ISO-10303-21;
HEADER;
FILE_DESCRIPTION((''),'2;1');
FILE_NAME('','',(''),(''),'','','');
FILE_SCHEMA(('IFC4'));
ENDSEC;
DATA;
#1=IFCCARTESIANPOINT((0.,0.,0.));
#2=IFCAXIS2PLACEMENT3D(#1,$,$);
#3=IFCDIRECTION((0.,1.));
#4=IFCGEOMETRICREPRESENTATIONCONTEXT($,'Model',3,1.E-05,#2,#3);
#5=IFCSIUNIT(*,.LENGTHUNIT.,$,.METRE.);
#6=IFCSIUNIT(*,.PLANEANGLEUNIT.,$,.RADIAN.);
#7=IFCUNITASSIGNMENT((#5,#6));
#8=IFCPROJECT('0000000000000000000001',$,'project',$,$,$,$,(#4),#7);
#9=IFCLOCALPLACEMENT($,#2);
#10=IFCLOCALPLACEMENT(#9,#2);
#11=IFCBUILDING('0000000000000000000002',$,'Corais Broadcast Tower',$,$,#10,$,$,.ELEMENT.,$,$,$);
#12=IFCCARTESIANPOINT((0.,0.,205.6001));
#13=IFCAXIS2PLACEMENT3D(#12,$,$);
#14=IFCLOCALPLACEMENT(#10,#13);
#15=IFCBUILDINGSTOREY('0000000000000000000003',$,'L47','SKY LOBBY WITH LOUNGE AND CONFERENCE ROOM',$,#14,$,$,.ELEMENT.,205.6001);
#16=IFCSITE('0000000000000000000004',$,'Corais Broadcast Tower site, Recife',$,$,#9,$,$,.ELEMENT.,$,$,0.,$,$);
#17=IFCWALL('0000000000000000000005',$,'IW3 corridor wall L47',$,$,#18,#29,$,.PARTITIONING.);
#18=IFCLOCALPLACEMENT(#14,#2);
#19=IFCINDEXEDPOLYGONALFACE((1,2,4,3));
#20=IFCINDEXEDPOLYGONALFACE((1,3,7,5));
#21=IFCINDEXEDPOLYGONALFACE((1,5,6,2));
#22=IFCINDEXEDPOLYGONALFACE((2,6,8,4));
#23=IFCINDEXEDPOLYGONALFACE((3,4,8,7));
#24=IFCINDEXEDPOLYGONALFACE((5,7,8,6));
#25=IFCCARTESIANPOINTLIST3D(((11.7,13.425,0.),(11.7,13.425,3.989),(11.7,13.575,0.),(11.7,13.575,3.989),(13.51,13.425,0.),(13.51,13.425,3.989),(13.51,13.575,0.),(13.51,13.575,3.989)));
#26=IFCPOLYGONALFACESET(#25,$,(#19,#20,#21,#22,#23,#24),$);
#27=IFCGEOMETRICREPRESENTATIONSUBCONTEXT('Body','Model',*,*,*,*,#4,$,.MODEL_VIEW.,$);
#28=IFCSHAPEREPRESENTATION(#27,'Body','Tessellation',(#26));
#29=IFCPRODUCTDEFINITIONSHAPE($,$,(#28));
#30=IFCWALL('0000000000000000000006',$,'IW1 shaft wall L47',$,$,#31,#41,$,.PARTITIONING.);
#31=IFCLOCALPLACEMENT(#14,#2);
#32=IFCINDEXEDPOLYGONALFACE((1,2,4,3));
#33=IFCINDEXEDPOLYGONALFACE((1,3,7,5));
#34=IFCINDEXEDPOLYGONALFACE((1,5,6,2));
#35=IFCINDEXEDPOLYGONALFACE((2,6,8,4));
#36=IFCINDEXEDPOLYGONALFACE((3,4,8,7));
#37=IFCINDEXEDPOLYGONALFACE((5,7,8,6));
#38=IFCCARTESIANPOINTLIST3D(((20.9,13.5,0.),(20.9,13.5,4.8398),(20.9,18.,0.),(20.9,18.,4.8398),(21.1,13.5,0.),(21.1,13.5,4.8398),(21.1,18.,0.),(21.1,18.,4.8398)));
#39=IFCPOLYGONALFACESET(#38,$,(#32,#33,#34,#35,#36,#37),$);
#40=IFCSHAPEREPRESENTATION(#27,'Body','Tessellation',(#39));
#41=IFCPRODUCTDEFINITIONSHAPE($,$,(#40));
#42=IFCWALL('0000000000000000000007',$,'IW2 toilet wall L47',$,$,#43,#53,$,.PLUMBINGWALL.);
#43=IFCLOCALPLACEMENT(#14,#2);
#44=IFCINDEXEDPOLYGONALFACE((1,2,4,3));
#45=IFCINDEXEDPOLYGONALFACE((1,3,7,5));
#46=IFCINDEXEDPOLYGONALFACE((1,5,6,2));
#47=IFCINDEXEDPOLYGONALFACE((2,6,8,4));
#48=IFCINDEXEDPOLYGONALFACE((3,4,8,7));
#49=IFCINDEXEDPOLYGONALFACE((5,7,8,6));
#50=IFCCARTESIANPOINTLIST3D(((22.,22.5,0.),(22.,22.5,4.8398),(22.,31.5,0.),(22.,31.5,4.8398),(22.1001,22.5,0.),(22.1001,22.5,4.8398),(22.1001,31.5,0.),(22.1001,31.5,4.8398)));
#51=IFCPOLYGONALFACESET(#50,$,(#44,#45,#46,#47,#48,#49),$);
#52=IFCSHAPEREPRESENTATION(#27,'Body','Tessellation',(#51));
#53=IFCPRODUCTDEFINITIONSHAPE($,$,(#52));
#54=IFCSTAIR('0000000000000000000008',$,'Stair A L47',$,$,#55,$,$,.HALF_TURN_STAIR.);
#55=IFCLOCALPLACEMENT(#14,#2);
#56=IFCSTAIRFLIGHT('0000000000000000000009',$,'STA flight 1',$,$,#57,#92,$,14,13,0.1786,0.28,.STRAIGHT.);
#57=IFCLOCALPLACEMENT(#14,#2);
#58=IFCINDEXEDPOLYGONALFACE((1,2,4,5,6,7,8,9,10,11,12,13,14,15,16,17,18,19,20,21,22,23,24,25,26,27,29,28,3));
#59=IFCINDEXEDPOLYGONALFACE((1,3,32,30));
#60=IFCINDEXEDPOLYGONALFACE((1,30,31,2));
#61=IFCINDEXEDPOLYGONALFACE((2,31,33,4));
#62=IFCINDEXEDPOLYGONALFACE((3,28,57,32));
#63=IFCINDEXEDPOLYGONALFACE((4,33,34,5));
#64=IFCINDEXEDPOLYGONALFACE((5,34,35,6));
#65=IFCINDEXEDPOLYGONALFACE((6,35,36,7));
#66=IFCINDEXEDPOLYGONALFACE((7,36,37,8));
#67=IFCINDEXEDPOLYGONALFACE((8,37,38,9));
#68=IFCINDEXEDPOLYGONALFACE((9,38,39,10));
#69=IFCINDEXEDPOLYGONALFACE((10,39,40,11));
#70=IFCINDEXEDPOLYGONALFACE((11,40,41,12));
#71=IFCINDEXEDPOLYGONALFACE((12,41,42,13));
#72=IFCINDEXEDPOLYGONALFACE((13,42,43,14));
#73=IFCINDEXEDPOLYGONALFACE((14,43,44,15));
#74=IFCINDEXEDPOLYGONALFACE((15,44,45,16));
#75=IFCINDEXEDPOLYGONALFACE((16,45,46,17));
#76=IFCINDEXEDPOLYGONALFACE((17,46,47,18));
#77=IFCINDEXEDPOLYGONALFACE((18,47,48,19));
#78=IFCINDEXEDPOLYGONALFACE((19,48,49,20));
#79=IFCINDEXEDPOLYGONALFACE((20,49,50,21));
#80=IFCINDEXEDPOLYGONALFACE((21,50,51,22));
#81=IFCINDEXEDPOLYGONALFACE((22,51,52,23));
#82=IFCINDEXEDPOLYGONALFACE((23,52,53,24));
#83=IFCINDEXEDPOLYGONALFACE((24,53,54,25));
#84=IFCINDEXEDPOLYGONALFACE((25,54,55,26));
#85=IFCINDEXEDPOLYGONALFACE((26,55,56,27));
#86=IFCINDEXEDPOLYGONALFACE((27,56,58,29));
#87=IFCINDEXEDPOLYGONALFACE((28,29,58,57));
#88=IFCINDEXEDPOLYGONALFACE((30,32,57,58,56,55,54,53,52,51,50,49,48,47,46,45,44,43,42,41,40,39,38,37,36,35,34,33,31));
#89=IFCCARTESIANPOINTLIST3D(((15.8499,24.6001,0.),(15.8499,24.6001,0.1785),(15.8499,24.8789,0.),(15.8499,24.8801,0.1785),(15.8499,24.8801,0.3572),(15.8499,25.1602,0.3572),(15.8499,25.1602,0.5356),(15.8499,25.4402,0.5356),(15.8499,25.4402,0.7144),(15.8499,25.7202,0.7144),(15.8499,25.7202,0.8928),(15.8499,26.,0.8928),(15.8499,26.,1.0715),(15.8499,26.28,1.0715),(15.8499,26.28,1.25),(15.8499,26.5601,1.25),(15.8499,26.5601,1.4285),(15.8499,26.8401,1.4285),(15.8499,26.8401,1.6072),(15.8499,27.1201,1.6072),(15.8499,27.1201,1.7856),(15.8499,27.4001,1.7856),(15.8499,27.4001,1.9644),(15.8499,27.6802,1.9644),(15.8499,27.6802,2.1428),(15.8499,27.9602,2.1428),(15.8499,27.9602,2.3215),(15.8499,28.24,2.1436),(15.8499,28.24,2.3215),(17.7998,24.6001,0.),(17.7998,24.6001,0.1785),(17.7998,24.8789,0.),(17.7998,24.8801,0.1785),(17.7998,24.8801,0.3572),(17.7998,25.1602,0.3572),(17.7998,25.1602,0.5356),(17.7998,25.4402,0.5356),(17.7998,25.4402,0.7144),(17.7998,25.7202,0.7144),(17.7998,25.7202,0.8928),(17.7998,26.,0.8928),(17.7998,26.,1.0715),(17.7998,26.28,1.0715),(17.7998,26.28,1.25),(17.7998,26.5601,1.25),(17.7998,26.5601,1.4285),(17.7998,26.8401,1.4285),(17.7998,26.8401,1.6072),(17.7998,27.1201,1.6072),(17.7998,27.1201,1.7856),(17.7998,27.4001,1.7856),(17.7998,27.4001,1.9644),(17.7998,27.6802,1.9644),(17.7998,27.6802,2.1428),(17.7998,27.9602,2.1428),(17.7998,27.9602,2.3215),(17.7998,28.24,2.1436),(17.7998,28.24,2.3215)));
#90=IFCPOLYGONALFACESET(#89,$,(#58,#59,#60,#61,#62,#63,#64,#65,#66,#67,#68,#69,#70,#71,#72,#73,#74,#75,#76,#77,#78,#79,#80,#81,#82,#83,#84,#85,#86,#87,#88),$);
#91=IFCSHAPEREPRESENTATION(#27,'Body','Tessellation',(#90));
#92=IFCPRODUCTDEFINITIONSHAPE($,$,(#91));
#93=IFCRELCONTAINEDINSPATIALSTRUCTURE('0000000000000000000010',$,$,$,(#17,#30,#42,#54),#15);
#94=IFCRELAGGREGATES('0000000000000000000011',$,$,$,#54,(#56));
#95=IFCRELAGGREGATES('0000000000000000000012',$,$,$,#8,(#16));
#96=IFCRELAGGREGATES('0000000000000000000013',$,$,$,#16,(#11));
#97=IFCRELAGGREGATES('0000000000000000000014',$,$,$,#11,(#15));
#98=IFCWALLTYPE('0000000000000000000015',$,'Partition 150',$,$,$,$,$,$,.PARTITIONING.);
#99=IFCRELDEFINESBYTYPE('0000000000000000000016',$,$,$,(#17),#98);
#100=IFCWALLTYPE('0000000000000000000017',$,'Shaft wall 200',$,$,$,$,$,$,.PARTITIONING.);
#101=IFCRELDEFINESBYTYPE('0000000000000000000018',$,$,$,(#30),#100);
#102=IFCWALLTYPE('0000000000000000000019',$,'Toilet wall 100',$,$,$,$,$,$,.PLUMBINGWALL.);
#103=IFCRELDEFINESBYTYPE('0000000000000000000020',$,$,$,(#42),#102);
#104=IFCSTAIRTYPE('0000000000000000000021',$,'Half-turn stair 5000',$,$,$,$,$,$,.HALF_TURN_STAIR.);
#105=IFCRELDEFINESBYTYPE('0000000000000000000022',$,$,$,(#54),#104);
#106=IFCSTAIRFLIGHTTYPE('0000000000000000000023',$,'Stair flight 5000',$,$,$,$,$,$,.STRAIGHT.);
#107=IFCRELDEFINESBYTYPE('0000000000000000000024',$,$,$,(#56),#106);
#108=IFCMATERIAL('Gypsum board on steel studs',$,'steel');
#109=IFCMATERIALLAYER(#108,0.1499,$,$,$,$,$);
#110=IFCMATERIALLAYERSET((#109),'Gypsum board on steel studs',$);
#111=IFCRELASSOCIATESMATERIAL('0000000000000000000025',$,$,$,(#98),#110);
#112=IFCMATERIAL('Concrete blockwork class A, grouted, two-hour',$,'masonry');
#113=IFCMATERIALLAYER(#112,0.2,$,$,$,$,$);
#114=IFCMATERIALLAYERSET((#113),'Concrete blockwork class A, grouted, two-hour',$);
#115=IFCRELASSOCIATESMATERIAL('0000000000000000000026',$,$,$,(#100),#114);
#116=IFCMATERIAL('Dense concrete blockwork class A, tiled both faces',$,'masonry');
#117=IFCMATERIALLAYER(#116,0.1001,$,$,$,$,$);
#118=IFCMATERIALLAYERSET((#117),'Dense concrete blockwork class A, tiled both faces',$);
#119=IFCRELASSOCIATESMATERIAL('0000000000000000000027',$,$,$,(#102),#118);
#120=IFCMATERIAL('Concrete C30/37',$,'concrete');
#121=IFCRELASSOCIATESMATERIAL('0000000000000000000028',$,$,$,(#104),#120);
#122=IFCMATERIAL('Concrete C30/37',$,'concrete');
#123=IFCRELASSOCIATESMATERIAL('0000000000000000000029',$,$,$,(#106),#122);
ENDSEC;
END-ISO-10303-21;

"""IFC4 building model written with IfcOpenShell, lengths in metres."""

from ifc_helpers import new_model, si_unit, direction, frame, frame_2d, origin, place, context, subcontext, project, spatial, polyline, rectangle, outline, extrude, material, layer, layer_set, type_object, element, aggregate, save


model = new_model("IFC4")

# Units and contexts
model_context = context("Model", 3, precision=1e-05, world=origin(), true_north=direction((0.0, 1.0)))
body_context = subcontext(model_context, "Body", "Model", "MODEL_VIEW")
ifc_project = project(units=[si_unit("LENGTHUNIT", "METRE"), si_unit("PLANEANGLEUNIT", "RADIAN")], contexts=[model_context])

# Site, building, storey
site_placement = place(None, origin())
site = spatial("IfcSite", under=ifc_project, at=site_placement, Name="Corais Broadcast Tower site, Recife", CompositionType="ELEMENT", RefElevation=0.0)
building_placement = place(site_placement, origin())
building = spatial("IfcBuilding", under=site, at=building_placement, Name="Corais Broadcast Tower", CompositionType="ELEMENT")
storey_placement = place(building_placement, frame((0.0, 0.0, 205.6001)))
storey = spatial("IfcBuildingStorey", under=building, at=storey_placement, Name="L47", Description="SKY LOBBY WITH LOUNGE AND CONFERENCE ROOM", CompositionType="ELEMENT", Elevation=205.6001)

# Walls
ifc_material_1 = material(Name="Gypsum board on steel studs", Category="steel")
ifc_layer_1 = layer(ifc_material_1, 0.1499)
ifc_layer_set_1 = layer_set([ifc_layer_1], Name="Gypsum board on steel studs")
wall_type_1 = type_object("IfcWallType", Name="Partition 150", PredefinedType="PARTITIONING", material=ifc_layer_set_1)
wall_1_placement = place(storey_placement, frame((11.7, 13.5, 0.0), z_axis=(0.0, 0.0, 1.0), x_axis=(1.0, 0.0, 0.0)))
element("IfcWall", 1, at=wall_1_placement, inside=storey, type_object=wall_type_1, Name="IW3 corridor wall L47", PredefinedType="PARTITIONING", context=body_context, shape_type="SweptSolid", body=[
    extrude(rectangle(XDim=1.8101, YDim=0.1499, at=frame_2d((0.905, 0.0))), origin(), (0.0, 0.0, 1.0), 3.989),
])
ifc_material_2 = material(Name="Concrete blockwork class A, grouted, two-hour", Category="masonry")
ifc_layer_2 = layer(ifc_material_2, 0.2)
ifc_layer_set_2 = layer_set([ifc_layer_2], Name="Concrete blockwork class A, grouted, two-hour")
wall_type_2 = type_object("IfcWallType", Name="Shaft wall 200", PredefinedType="PARTITIONING", material=ifc_layer_set_2)
wall_2_placement = place(storey_placement, frame((21.0, 13.5, 0.0), z_axis=(0.0, 0.0, 1.0), x_axis=(0.0, 1.0, 0.0)))
element("IfcWall", 2, at=wall_2_placement, inside=storey, type_object=wall_type_2, Name="IW1 shaft wall L47", PredefinedType="PARTITIONING", context=body_context, shape_type="SweptSolid", body=[
    extrude(rectangle(XDim=4.5, YDim=0.2, at=frame_2d((2.25, 0.0))), origin(), (0.0, 0.0, 1.0), 4.8398),
])
ifc_material_3 = material(Name="Dense concrete blockwork class A, tiled both faces", Category="masonry")
ifc_layer_3 = layer(ifc_material_3, 0.1001)
ifc_layer_set_3 = layer_set([ifc_layer_3], Name="Dense concrete blockwork class A, tiled both faces")
wall_type_3 = type_object("IfcWallType", Name="Toilet wall 100", PredefinedType="PLUMBINGWALL", material=ifc_layer_set_3)
wall_3_placement = place(storey_placement, frame((22.05, 22.5, 0.0), z_axis=(0.0, 0.0, 1.0), x_axis=(0.0, 1.0, 0.0)))
element("IfcWall", 3, at=wall_3_placement, inside=storey, type_object=wall_type_3, Name="IW2 toilet wall L47", PredefinedType="PLUMBINGWALL", context=body_context, shape_type="SweptSolid", body=[
    extrude(rectangle(XDim=9.0, YDim=0.1001, at=frame_2d((4.5, 0.0))), origin(), (0.0, 0.0, 1.0), 4.8398),
])

# Stair, stair flight
ifc_material_4 = material(Name="Concrete C30/37", Category="concrete")
stair_type = type_object("IfcStairType", Name="Half-turn stair 5000", PredefinedType="HALF_TURN_STAIR", material=ifc_material_4)
stair_placement = place(storey_placement, origin())
stair = element("IfcStair", 4, at=stair_placement, inside=storey, type_object=stair_type, Name="Stair A L47", PredefinedType="HALF_TURN_STAIR")
ifc_material_5 = material(Name="Concrete C30/37", Category="concrete")
stair_flight_type = type_object("IfcStairFlightType", Name="Stair flight 5000", PredefinedType="STRAIGHT", material=ifc_material_5)
stair_flight_placement = place(storey_placement, frame((16.825, 24.6001, 0.0), z_axis=(0.0, 0.0, 1.0), x_axis=(0.0, 1.0, 0.0)))
stair_flight = element("IfcStairFlight", 5, at=stair_flight_placement, type_object=stair_flight_type, Name="STA flight 1", NumberOfRisers=14, NumberOfTreads=13, PredefinedType="STRAIGHT", RiserHeight=0.1786, TreadLength=0.28, context=body_context, shape_type="SweptSolid", body=[
    extrude(outline(polyline([(0.0, 0.0), (0.0, 0.1785), (0.28, 0.1785), (0.28, 0.3572), (0.5601, 0.3572), (0.5601, 0.5356), (0.8401, 0.5356), (0.8401, 0.7144), (1.1201, 0.7144), (1.1201, 0.8928), (1.3999, 0.8928), (1.3999, 1.0715), (1.6799, 1.0715), (1.6799, 1.25), (1.96, 1.25), (1.96, 1.4285), (2.24, 1.4285), (2.24, 1.6072), (2.52, 1.6072), (2.52, 1.7856), (2.8, 1.7856), (2.8, 1.9644), (3.0801, 1.9644), (3.0801, 2.1428), (3.3601, 2.1428), (3.3601, 2.3215), (3.6399, 2.3215), (3.6399, 2.5), (3.6399, 2.1436), (0.2788, 0.0), (0.0, 0.0)])), frame((0.0, 0.9751, 0.0), z_axis=(0.0, -1.0, 0.0), x_axis=(1.0, 0.0, 0.0)), (0.0, 0.0, 1.0), 1.95),
])
aggregate(stair, [stair_flight])

save(model, "model.ifc")
